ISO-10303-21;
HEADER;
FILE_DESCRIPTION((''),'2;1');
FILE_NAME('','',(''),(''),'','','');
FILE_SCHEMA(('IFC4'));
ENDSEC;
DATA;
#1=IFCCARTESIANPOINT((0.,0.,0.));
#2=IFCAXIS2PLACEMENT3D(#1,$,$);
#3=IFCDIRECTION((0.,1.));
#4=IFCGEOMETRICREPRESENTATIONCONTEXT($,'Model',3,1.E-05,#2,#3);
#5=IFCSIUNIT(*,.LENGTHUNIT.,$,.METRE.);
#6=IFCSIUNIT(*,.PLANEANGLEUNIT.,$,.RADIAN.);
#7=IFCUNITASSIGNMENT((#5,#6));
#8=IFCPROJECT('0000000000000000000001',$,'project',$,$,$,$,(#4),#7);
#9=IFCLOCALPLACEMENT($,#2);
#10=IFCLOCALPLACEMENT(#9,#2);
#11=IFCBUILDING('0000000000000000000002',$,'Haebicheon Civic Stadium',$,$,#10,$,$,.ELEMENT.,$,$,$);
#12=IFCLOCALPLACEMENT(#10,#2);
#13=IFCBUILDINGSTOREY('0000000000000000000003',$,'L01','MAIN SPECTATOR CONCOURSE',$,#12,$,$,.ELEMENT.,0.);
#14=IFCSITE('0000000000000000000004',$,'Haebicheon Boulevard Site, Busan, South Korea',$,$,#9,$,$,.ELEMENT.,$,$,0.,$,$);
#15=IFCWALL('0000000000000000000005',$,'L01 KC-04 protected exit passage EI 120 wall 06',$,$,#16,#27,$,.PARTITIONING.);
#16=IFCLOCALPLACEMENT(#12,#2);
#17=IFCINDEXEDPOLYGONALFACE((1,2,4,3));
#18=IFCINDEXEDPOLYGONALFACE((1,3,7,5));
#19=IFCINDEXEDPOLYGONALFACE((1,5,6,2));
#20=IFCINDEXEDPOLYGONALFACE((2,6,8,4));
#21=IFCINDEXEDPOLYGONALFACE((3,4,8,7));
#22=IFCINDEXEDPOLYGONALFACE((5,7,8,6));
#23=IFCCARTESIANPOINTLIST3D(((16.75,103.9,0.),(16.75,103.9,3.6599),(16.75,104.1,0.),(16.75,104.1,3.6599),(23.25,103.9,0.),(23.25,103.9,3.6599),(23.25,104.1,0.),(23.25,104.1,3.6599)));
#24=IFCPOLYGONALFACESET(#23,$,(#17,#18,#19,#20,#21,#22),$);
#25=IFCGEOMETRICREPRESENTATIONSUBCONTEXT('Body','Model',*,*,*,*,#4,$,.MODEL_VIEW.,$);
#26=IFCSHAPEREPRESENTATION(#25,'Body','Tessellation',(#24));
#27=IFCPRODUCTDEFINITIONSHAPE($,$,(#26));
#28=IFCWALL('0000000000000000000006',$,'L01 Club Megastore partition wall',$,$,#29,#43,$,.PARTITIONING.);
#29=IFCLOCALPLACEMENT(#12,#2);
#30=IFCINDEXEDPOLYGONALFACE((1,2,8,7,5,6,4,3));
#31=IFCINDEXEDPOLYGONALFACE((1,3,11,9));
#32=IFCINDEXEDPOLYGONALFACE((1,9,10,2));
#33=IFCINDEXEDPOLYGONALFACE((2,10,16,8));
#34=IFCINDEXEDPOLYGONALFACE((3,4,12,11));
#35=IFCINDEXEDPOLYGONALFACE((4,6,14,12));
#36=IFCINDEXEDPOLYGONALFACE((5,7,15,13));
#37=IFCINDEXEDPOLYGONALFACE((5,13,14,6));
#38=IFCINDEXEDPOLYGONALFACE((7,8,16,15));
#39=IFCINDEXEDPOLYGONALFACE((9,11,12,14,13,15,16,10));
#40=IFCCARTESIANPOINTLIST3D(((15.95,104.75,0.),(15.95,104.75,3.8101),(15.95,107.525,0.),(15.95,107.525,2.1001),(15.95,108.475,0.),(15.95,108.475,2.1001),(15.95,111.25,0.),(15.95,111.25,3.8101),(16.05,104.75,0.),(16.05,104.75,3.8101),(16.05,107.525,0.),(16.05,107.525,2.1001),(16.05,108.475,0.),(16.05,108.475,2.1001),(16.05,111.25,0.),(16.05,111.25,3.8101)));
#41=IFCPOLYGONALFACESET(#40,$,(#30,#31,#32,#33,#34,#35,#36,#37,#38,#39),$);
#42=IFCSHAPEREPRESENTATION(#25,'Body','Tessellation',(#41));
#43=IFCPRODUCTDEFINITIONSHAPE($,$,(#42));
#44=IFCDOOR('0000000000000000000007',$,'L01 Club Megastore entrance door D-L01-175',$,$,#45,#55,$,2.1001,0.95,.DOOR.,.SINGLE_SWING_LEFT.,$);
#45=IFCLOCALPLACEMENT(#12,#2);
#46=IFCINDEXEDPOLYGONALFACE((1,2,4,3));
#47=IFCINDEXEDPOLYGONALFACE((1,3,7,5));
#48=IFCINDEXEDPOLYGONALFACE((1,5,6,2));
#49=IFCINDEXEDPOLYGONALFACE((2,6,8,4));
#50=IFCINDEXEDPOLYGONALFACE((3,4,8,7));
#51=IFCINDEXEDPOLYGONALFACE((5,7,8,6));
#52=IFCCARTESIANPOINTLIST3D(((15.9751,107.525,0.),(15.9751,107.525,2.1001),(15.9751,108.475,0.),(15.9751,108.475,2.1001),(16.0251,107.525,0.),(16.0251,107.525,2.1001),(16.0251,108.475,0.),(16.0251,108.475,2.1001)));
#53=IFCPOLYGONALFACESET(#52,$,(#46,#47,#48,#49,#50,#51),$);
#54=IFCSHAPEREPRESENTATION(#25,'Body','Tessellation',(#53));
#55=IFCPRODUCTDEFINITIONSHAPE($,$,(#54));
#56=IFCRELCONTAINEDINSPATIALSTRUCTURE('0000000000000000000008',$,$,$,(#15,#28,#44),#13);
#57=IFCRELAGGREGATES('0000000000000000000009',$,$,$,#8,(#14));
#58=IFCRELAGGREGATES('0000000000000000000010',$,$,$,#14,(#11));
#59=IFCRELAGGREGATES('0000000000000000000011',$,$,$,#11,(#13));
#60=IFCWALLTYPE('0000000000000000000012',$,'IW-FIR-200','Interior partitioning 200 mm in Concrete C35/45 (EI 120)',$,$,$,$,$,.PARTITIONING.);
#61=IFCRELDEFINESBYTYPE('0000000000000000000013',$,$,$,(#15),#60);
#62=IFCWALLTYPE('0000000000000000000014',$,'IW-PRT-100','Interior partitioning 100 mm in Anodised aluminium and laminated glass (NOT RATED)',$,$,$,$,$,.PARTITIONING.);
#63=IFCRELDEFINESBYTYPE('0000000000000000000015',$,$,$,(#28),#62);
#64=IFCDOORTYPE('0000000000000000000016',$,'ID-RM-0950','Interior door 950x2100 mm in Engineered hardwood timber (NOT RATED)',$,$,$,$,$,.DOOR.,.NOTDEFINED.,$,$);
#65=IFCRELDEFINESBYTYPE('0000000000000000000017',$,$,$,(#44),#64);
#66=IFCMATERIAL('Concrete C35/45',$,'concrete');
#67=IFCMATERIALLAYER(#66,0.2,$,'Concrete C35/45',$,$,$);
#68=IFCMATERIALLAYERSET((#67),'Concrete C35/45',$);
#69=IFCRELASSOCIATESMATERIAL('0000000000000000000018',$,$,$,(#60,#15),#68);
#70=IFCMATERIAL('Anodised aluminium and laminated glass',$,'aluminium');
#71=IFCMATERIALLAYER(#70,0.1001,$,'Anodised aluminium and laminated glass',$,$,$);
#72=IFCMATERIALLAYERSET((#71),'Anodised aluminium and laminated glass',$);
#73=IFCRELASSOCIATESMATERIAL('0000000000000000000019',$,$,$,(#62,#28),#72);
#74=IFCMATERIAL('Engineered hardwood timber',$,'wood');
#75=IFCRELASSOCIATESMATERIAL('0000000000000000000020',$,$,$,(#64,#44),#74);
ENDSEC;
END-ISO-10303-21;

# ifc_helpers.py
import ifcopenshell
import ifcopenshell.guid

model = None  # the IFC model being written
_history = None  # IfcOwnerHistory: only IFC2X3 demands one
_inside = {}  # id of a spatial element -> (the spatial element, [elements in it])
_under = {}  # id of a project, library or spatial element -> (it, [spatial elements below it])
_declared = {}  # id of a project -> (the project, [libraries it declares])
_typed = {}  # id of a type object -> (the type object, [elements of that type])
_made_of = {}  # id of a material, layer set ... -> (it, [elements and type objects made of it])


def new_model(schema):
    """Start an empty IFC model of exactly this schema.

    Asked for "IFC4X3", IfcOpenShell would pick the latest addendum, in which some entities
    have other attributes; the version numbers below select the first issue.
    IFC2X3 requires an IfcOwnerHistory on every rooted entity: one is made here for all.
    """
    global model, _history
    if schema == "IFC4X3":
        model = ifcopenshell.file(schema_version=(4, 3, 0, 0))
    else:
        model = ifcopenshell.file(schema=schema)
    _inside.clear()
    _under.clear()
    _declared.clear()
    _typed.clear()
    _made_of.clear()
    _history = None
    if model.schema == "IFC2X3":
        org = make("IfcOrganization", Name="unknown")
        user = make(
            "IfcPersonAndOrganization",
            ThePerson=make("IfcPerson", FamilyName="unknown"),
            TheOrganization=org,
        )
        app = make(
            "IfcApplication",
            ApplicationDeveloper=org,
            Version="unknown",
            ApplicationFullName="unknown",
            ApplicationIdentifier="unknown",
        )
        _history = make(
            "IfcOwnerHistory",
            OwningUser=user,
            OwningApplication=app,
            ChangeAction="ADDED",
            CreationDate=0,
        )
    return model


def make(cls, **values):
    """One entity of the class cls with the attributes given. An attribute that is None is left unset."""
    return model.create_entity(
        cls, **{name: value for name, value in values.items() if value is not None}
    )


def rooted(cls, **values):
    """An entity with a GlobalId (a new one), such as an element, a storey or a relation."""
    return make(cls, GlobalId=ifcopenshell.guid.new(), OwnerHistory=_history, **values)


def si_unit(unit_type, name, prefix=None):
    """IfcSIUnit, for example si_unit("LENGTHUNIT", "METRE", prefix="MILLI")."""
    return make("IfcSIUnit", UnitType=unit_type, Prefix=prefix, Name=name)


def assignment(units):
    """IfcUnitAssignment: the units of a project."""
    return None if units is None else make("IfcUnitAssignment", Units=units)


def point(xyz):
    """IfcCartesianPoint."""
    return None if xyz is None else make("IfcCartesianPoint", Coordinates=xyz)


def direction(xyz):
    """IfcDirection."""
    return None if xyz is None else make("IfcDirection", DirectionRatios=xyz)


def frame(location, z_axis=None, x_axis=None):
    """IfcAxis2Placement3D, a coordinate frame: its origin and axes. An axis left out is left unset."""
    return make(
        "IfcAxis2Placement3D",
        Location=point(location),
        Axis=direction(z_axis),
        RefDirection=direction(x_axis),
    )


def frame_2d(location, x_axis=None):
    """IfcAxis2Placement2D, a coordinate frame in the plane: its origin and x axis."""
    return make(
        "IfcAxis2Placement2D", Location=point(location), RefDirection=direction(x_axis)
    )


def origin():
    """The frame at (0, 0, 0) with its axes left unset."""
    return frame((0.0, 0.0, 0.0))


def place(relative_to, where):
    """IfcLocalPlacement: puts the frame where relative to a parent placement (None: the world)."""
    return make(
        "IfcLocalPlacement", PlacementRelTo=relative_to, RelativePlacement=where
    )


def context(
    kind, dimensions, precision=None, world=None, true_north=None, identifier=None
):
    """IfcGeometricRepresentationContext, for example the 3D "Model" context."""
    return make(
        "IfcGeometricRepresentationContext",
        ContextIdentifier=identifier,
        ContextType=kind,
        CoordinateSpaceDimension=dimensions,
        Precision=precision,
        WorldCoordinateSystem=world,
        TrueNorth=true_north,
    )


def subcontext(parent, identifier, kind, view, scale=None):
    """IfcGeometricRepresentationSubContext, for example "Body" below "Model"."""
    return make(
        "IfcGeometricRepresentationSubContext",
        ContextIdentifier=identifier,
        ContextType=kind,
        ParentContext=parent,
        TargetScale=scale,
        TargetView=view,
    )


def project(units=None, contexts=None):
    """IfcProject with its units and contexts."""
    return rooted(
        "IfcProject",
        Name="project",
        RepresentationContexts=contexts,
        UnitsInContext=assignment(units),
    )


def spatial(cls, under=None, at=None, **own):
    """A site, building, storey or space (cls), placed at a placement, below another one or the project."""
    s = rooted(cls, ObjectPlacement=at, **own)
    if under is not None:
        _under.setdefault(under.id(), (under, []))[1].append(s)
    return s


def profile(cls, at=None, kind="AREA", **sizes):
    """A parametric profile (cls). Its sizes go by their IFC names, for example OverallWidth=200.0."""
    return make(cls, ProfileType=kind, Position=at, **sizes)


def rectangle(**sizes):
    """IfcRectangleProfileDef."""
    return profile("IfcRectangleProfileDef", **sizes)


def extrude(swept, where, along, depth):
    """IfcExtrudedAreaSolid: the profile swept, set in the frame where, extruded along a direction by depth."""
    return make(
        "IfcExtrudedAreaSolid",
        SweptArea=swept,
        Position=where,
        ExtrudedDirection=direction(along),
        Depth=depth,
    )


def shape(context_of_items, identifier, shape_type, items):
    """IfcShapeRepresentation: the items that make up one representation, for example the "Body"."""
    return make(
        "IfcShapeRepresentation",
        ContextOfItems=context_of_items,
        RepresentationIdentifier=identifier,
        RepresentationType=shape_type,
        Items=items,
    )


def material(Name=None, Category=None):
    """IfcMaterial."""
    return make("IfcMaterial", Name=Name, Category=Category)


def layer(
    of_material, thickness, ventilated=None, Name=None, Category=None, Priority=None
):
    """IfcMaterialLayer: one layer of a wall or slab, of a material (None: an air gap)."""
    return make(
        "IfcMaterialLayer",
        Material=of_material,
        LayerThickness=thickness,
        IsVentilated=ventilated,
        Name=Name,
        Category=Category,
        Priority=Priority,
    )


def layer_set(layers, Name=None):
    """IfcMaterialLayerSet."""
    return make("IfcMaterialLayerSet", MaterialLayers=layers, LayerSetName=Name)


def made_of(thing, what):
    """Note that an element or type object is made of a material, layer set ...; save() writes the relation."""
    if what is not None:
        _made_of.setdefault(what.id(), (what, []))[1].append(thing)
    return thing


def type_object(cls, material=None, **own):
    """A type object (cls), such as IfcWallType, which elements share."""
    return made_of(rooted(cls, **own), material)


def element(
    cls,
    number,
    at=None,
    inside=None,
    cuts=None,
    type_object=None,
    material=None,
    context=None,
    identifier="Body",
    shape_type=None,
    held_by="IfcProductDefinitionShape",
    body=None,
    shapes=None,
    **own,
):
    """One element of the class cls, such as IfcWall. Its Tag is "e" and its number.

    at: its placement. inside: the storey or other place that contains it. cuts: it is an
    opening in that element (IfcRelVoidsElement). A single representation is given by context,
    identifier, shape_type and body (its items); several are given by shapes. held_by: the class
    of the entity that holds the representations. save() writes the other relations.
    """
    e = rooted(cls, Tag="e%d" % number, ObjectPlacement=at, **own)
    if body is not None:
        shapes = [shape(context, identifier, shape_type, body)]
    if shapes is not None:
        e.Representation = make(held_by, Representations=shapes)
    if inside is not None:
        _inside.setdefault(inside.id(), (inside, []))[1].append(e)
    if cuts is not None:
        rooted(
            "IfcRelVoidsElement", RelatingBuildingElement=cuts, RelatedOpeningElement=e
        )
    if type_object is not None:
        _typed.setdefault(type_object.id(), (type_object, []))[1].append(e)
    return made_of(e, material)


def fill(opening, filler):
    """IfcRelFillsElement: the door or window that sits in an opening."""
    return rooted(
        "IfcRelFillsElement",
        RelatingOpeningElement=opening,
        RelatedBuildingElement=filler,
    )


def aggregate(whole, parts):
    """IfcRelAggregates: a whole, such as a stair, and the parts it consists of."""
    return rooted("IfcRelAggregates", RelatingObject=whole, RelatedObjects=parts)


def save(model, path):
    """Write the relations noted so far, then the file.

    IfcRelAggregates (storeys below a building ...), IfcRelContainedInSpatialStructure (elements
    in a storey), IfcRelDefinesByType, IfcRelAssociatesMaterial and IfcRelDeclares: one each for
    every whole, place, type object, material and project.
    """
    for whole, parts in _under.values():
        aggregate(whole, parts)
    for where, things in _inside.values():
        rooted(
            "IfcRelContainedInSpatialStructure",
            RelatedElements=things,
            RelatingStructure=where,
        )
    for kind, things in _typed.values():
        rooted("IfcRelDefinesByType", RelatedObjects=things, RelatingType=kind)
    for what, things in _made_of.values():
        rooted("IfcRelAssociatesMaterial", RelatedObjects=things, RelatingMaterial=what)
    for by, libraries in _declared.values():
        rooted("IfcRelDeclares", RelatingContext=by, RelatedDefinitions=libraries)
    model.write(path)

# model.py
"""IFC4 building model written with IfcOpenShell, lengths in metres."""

from ifc_helpers import new_model, si_unit, direction, frame, frame_2d, origin, place, context, subcontext, project, spatial, rectangle, extrude, material, layer, layer_set, type_object, element, fill, save


model = new_model("IFC4")

# Units and contexts
model_context = context("Model", 3, precision=1e-05, world=origin(), true_north=direction((0.0, 1.0)))
body_context = subcontext(model_context, "Body", "Model", "MODEL_VIEW")
ifc_project = project(units=[si_unit("LENGTHUNIT", "METRE"), si_unit("PLANEANGLEUNIT", "RADIAN")], contexts=[model_context])

# Site, building, storey
site_placement = place(None, origin())
site = spatial("IfcSite", under=ifc_project, at=site_placement, Name="Haebicheon Boulevard Site, Busan, South Korea", CompositionType="ELEMENT", RefElevation=0.0)
building_placement = place(site_placement, origin())
building = spatial("IfcBuilding", under=site, at=building_placement, Name="Haebicheon Civic Stadium", CompositionType="ELEMENT")
storey_placement = place(building_placement, origin())
storey = spatial("IfcBuildingStorey", under=building, at=storey_placement, Name="L01", Description="MAIN SPECTATOR CONCOURSE", CompositionType="ELEMENT", Elevation=0.0)

# Wall
ifc_material_1 = material(Name="Concrete C35/45", Category="concrete")
ifc_layer_1 = layer(ifc_material_1, 0.2, Name="Concrete C35/45")
ifc_layer_set_1 = layer_set([ifc_layer_1], Name="Concrete C35/45")
wall_type_1 = type_object("IfcWallType", Name="IW-FIR-200", Description="Interior partitioning 200 mm in Concrete C35/45 (EI 120)", PredefinedType="PARTITIONING", material=ifc_layer_set_1)
wall_1_placement = place(storey_placement, frame((16.75, 104.0, 0.0), z_axis=(0.0, 0.0, 1.0), x_axis=(1.0, 0.0, 0.0)))
element("IfcWall", 1, at=wall_1_placement, inside=storey, type_object=wall_type_1, material=ifc_layer_set_1, Name="L01 KC-04 protected exit passage EI 120 wall 06", PredefinedType="PARTITIONING", context=body_context, shape_type="SweptSolid", body=[
    extrude(rectangle(XDim=6.5, YDim=0.2, at=frame_2d((3.25, 0.0))), origin(), (0.0, 0.0, 1.0), 3.6599),
])

# Wall, opening, door
ifc_material_2 = material(Name="Anodised aluminium and laminated glass", Category="aluminium")
ifc_layer_2 = layer(ifc_material_2, 0.1001, Name="Anodised aluminium and laminated glass")
ifc_layer_set_2 = layer_set([ifc_layer_2], Name="Anodised aluminium and laminated glass")
wall_type_2 = type_object("IfcWallType", Name="IW-PRT-100", Description="Interior partitioning 100 mm in Anodised aluminium and laminated glass (NOT RATED)", PredefinedType="PARTITIONING", material=ifc_layer_set_2)
wall_2_placement = place(storey_placement, frame((16.0, 104.75, 0.0), z_axis=(0.0, 0.0, 1.0), x_axis=(0.0, 1.0, 0.0)))
wall_2 = element("IfcWall", 2, at=wall_2_placement, inside=storey, type_object=wall_type_2, material=ifc_layer_set_2, Name="L01 Club Megastore partition wall", PredefinedType="PARTITIONING", context=body_context, shape_type="SweptSolid", body=[
    extrude(rectangle(XDim=6.5, YDim=0.1001, at=frame_2d((3.25, 0.0))), origin(), (0.0, 0.0, 1.0), 3.8101),
])
opening_placement = place(wall_2_placement, frame((2.7749, 0.0, 0.0)))
opening = element("IfcOpeningElement", 3, at=opening_placement, cuts=wall_2, PredefinedType="OPENING", context=body_context, shape_type="SweptSolid", body=[
    extrude(rectangle(XDim=0.95, YDim=2.1001, at=frame_2d((0.4751, 1.05))), frame((0.0, 0.0601, 0.0), z_axis=(0.0, -1.0, 0.0), x_axis=(1.0, 0.0, 0.0)), (0.0, 0.0, 1.0), 0.1201),
])
ifc_material_3 = material(Name="Engineered hardwood timber", Category="wood")
door_type = type_object("IfcDoorType", Name="ID-RM-0950", Description="Interior door 950x2100 mm in Engineered hardwood timber (NOT RATED)", OperationType="NOTDEFINED", PredefinedType="DOOR", material=ifc_material_3)
door_placement = place(opening_placement, origin())
door = element("IfcDoor", 4, at=door_placement, inside=storey, type_object=door_type, material=ifc_material_3, Name="L01 Club Megastore entrance door D-L01-175", OperationType="SINGLE_SWING_LEFT", OverallHeight=2.1001, OverallWidth=0.95, PredefinedType="DOOR", context=body_context, shape_type="SweptSolid", body=[
    extrude(rectangle(XDim=0.95, YDim=2.1001, at=frame_2d((0.4751, 1.05))), frame((0.0, 0.0249, 0.0), z_axis=(0.0, -1.0, 0.0), x_axis=(1.0, 0.0, 0.0)), (0.0, 0.0, 1.0), 0.05),
])
fill(opening, door)

save(model, "model.ifc")
